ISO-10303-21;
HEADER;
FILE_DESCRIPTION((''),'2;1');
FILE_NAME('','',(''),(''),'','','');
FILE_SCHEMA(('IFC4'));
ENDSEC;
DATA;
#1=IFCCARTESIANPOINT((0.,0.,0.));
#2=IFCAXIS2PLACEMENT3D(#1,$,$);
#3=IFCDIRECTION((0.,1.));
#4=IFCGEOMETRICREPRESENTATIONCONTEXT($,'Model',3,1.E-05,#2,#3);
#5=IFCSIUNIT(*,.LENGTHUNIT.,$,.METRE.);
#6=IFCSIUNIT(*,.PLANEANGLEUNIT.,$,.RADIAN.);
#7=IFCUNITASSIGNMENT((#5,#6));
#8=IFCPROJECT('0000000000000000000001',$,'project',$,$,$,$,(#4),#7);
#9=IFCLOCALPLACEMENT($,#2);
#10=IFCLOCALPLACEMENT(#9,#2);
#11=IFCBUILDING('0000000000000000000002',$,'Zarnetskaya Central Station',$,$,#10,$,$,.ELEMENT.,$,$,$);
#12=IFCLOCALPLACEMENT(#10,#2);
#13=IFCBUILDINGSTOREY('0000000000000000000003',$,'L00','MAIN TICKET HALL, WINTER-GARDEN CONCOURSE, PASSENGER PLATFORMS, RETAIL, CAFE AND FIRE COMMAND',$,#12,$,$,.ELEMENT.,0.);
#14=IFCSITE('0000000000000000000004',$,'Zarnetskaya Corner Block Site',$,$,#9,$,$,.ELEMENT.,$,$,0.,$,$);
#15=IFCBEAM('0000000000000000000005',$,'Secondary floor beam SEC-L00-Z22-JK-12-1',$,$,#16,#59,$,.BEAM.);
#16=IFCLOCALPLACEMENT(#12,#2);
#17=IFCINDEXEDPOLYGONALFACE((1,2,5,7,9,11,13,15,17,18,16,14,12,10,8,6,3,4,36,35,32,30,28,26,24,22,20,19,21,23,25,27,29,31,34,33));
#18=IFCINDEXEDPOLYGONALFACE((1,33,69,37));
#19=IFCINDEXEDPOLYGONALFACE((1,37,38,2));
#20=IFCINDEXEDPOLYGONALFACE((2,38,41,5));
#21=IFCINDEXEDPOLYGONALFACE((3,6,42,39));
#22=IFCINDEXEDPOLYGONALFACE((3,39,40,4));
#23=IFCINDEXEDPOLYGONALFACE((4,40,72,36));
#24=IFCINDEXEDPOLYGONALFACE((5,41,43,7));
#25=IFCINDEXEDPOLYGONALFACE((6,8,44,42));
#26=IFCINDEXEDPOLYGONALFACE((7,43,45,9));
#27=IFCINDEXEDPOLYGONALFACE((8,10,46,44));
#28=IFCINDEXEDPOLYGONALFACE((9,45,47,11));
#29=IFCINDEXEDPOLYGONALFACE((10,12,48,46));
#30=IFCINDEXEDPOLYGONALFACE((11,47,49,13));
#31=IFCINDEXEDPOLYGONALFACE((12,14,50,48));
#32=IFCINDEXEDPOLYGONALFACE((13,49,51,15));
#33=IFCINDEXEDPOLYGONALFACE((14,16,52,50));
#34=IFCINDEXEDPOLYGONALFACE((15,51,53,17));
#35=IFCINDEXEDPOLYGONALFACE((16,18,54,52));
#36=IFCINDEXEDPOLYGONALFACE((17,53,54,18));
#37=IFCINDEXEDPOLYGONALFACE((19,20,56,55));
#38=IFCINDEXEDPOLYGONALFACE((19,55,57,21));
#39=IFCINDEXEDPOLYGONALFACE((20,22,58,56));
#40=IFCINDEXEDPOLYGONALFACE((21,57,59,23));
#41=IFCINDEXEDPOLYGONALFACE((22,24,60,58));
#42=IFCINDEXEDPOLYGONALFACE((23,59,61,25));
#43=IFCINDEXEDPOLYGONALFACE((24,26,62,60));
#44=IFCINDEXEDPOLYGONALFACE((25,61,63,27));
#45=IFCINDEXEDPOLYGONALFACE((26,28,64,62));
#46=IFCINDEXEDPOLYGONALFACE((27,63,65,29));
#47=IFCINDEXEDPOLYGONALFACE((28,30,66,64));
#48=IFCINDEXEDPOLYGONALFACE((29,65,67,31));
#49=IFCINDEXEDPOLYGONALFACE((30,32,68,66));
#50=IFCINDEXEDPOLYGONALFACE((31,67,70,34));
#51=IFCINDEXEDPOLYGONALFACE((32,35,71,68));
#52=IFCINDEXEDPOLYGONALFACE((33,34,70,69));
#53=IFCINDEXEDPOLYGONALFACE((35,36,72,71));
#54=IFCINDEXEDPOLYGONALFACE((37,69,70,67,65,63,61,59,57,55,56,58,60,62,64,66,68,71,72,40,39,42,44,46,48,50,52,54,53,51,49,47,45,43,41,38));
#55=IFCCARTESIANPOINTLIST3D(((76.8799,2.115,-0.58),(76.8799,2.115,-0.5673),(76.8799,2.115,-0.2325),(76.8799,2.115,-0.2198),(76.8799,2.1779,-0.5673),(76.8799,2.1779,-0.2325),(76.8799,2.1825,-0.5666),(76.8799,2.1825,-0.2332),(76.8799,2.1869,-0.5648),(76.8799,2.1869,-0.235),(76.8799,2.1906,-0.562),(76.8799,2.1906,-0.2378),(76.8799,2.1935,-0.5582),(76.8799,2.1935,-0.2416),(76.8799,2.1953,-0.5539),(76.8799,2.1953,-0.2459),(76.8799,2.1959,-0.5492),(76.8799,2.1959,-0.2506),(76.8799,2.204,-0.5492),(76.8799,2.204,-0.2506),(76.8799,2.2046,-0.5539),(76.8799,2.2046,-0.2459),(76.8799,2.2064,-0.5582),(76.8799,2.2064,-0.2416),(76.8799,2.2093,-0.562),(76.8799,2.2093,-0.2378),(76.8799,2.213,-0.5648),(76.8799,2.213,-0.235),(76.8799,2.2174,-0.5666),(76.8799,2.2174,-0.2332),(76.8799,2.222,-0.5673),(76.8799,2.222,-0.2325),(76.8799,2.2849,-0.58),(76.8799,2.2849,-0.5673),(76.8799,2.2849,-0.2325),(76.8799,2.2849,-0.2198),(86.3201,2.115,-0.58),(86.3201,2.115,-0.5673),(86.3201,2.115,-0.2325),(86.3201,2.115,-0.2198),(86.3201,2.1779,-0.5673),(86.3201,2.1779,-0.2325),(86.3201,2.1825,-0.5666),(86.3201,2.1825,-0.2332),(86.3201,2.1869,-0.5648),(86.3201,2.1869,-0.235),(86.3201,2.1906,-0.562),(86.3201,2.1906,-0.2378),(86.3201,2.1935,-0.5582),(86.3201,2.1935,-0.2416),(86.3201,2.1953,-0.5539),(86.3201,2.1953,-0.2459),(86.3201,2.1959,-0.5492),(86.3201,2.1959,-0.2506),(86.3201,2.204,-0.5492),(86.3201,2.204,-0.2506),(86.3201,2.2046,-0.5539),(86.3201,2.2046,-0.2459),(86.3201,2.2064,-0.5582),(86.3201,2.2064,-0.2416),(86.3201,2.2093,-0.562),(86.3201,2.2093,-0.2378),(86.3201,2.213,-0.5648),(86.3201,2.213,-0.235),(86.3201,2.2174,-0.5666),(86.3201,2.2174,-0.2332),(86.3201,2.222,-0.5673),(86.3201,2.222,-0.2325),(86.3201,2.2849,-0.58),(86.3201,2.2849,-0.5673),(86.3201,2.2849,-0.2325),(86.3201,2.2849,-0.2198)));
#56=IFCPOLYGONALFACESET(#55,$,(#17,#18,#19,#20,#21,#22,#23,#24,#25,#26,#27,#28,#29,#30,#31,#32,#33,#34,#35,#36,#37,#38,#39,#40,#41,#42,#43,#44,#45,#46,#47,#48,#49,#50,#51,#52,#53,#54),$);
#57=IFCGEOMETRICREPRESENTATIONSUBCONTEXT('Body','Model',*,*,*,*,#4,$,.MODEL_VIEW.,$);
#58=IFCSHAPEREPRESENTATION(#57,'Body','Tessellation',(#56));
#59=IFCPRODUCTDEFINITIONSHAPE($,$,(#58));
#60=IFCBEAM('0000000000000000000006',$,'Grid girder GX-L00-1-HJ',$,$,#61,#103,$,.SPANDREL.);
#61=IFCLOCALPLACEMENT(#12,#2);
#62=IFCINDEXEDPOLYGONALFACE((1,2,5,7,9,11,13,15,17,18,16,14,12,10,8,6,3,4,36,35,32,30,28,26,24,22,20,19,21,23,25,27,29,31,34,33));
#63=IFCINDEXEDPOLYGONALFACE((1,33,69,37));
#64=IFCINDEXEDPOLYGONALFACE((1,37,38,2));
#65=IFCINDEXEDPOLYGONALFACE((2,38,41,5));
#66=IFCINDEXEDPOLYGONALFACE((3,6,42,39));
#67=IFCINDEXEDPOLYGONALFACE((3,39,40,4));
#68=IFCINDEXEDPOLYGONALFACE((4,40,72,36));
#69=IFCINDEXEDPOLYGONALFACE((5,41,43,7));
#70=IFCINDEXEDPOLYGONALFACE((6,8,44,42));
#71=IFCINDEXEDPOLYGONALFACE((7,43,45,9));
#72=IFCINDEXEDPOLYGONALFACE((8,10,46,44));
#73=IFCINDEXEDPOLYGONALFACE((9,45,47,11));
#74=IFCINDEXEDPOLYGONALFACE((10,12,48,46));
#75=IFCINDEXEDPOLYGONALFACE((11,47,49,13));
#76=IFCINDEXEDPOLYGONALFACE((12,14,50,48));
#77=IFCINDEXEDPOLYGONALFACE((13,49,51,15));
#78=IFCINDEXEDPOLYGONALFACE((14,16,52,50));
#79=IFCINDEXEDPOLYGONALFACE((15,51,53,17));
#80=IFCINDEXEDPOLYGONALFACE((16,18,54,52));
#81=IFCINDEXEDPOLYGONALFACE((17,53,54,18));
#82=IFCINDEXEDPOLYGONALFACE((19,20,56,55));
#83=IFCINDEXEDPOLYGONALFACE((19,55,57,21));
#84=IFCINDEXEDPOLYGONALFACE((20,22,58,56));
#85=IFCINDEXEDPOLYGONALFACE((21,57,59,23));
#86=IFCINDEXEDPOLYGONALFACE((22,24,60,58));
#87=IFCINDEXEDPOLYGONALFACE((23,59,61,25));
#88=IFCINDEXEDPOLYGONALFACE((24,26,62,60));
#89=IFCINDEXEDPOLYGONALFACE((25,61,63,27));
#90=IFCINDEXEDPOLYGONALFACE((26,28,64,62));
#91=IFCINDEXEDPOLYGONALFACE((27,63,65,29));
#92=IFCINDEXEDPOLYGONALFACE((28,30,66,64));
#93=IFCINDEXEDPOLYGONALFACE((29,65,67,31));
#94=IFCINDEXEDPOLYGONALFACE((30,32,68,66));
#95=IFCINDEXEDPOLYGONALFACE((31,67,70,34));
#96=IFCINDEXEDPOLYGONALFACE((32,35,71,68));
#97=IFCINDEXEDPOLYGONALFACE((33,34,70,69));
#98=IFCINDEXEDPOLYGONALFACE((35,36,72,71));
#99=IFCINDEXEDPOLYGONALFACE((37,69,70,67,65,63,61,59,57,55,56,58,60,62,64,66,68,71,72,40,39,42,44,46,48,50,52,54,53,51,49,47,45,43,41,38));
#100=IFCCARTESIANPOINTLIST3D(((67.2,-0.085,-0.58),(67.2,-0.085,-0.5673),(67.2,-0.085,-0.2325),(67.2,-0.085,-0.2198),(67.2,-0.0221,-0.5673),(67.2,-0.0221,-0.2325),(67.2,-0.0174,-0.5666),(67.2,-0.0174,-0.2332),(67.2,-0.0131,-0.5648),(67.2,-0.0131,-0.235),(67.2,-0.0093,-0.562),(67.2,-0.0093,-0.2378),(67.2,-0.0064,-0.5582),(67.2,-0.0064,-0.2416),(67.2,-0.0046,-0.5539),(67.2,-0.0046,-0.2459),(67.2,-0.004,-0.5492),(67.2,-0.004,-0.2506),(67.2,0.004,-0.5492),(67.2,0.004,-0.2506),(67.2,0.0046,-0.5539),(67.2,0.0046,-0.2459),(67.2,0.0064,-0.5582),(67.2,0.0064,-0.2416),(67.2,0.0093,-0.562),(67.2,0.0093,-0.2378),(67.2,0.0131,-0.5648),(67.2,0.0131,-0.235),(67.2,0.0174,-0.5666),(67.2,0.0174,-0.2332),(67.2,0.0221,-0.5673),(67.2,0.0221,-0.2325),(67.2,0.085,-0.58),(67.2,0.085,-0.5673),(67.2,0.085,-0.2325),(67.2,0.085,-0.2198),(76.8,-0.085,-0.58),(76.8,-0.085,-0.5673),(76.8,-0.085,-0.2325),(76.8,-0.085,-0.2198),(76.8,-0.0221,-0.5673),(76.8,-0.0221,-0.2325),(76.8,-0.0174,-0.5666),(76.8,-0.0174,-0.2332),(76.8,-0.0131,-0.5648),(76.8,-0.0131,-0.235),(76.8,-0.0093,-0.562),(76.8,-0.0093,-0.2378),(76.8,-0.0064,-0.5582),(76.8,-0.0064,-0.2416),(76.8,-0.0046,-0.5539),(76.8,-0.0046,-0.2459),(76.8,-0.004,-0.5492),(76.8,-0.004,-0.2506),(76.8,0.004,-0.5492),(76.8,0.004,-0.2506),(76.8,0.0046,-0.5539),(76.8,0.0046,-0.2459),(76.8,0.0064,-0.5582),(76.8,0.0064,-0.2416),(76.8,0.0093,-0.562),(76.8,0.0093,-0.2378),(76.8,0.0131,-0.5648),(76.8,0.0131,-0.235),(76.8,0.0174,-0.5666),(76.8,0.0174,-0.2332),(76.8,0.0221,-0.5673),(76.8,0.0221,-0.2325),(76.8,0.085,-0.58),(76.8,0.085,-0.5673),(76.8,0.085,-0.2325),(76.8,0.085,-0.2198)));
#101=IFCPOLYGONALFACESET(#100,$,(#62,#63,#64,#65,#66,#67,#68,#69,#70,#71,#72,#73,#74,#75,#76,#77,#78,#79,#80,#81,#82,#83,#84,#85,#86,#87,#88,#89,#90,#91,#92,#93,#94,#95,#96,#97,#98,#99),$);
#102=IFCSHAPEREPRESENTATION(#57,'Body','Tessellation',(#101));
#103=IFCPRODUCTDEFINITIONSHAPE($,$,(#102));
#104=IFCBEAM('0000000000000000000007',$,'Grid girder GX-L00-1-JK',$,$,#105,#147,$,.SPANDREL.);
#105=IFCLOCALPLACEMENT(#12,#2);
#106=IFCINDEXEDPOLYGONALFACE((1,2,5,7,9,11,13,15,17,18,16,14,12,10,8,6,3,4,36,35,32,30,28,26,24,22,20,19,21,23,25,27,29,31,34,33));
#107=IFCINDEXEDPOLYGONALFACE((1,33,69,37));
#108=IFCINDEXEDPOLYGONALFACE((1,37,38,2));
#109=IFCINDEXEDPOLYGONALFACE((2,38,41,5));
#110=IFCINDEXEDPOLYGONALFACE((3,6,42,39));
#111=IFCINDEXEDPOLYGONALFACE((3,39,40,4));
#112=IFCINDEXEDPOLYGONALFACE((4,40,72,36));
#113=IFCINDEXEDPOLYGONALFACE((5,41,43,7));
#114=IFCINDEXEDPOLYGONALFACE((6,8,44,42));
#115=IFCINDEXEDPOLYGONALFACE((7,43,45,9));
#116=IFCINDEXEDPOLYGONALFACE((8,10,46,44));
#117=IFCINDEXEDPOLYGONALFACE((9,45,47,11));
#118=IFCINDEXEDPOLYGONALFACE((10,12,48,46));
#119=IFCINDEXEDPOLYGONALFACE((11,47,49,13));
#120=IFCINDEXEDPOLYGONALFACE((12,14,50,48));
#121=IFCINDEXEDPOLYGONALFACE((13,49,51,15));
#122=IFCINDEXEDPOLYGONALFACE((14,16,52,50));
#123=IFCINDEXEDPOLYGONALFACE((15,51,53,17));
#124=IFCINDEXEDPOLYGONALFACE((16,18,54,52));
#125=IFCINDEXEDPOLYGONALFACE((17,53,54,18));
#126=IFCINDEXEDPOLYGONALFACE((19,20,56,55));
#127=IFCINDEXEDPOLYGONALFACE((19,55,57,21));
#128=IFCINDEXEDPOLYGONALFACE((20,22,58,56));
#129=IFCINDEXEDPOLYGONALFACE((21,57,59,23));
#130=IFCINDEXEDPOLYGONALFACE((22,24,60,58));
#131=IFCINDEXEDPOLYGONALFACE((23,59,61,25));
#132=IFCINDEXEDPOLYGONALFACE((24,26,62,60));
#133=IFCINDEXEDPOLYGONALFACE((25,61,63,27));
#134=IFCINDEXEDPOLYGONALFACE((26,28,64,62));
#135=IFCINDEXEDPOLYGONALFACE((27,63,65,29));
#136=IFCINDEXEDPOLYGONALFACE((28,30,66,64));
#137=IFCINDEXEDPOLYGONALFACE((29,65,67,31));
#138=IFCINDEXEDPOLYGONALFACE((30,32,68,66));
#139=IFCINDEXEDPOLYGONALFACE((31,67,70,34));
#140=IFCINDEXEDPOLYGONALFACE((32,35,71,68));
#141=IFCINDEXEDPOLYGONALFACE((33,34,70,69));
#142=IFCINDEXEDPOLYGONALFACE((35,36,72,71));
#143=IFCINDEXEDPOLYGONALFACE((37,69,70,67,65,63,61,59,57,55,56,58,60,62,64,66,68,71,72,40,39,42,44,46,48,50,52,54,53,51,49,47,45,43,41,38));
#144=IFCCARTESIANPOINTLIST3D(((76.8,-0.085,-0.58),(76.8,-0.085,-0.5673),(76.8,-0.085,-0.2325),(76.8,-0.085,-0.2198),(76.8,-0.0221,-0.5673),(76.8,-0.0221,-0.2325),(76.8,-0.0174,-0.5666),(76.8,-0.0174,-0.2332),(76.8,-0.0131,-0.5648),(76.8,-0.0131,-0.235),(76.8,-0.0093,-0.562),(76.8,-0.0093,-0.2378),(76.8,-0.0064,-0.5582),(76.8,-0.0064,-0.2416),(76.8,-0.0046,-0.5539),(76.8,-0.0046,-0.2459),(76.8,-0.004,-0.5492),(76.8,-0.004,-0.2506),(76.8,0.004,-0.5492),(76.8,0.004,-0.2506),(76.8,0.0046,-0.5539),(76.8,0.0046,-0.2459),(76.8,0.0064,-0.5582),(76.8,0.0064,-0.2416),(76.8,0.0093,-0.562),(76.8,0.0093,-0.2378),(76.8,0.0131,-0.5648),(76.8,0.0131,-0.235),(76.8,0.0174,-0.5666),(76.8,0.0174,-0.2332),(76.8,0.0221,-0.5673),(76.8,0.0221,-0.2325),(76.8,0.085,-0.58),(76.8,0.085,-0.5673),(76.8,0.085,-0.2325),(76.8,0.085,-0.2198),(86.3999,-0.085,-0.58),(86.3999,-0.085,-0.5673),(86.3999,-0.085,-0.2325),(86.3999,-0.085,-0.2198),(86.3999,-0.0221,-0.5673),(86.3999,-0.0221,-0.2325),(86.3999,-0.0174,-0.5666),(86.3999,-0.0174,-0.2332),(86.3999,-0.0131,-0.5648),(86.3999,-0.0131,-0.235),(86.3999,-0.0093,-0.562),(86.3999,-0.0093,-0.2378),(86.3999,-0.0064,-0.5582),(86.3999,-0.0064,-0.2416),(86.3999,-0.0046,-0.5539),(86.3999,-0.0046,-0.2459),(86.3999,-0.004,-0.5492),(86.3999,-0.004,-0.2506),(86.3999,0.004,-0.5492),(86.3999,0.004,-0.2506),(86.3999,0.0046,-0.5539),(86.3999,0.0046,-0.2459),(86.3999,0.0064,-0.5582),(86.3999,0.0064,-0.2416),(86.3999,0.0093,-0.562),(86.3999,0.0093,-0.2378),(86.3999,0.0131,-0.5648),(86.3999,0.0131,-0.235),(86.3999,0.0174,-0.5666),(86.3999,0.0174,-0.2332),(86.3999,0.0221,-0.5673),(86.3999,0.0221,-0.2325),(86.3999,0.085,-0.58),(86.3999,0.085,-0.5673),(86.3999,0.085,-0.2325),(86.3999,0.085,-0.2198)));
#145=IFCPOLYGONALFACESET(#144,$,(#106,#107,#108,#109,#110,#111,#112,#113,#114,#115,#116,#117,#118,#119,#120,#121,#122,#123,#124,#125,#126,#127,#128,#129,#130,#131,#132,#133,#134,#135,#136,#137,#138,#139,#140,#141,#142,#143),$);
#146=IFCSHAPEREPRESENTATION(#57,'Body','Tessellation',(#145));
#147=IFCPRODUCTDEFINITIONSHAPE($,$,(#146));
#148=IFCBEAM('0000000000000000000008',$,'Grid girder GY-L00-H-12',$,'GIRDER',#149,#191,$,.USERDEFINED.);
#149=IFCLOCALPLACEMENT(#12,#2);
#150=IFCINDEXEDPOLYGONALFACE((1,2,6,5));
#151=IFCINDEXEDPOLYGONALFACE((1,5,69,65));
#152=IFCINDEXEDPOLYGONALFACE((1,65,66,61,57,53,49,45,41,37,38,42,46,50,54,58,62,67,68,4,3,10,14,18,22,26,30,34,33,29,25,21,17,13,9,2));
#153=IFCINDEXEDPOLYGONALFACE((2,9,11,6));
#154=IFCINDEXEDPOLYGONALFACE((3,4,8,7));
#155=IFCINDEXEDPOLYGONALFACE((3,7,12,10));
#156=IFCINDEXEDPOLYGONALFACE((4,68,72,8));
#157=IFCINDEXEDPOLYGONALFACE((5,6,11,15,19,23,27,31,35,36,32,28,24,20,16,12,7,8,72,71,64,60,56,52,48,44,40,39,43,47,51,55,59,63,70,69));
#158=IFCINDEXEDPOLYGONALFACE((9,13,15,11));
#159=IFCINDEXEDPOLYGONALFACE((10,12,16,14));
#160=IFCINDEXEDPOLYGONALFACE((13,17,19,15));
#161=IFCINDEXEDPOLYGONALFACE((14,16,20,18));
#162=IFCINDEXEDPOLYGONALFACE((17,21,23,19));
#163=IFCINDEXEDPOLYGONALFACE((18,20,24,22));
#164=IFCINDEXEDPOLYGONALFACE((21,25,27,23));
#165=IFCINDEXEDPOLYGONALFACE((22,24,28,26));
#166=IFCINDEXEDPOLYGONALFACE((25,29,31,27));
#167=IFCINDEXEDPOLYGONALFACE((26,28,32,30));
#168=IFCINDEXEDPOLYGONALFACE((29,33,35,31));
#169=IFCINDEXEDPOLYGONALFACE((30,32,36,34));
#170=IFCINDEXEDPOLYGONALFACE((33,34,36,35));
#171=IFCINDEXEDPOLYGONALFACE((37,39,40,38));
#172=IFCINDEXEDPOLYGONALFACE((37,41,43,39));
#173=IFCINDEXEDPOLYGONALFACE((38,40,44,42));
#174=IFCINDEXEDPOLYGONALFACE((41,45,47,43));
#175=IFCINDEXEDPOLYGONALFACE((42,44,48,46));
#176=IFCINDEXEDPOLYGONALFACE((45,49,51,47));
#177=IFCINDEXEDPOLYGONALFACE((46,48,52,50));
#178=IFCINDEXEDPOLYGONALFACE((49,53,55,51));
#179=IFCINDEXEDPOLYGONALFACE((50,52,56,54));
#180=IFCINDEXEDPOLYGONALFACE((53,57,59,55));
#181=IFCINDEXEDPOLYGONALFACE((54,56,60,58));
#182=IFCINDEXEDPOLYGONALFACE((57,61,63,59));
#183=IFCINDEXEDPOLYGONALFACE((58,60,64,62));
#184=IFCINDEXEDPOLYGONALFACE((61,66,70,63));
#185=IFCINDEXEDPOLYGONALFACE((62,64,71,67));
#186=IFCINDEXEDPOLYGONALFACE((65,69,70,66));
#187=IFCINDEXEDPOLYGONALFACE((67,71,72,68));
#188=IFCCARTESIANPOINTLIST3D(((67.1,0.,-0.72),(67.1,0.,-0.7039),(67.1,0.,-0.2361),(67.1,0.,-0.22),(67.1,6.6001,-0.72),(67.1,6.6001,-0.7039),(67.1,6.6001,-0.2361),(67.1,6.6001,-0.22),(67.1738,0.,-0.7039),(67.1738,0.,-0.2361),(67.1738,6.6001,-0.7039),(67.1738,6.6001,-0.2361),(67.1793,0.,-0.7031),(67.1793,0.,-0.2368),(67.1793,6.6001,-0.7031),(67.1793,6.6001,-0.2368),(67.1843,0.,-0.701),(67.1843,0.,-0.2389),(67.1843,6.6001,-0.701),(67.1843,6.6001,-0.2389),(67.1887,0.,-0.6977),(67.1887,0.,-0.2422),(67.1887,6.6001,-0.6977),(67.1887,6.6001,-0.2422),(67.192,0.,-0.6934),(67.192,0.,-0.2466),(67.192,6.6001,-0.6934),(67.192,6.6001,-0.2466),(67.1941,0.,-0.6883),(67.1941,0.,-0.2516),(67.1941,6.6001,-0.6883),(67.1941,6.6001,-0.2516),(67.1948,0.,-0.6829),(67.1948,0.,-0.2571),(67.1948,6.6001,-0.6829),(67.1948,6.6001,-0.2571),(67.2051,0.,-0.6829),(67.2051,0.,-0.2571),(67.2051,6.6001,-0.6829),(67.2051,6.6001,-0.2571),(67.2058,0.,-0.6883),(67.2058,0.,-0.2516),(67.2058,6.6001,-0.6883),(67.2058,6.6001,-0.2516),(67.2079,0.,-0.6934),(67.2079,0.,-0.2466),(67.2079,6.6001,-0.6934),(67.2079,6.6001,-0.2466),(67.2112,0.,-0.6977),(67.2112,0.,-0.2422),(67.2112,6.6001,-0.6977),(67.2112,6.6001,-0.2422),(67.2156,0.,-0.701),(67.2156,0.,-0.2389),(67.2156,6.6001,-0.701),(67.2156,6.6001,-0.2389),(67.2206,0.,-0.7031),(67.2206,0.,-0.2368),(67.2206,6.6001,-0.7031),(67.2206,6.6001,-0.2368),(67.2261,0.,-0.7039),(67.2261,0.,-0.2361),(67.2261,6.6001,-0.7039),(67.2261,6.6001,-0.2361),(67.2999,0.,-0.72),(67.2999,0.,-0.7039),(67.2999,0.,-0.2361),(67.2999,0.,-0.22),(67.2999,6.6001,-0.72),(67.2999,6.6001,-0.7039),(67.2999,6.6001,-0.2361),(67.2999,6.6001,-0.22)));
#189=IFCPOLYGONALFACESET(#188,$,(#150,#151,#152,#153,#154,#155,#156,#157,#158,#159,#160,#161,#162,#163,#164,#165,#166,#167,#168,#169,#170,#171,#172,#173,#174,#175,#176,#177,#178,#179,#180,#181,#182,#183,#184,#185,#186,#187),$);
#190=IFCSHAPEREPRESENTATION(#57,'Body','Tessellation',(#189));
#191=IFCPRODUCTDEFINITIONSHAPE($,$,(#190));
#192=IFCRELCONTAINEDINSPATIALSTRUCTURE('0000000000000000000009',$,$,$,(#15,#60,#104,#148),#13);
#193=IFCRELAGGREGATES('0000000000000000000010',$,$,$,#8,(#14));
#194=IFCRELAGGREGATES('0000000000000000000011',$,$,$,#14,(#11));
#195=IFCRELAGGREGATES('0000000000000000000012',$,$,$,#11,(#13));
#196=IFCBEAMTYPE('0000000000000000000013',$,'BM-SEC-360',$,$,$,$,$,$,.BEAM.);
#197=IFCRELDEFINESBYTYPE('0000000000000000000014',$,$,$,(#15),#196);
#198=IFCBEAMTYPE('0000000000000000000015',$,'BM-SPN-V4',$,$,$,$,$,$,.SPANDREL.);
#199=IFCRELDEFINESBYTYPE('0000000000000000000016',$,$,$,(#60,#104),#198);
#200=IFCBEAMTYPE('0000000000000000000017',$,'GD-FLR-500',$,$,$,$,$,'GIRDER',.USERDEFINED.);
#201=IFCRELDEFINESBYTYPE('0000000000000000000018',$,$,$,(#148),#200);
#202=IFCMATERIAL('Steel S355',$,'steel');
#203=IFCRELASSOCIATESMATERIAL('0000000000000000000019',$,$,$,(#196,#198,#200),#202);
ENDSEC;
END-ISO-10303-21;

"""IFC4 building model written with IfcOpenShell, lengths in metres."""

from ifc_helpers import new_model, si_unit, direction, frame, origin, origin_2d, place, context, subcontext, project, spatial, i_section, extrude, material, material_profile, profile_set, type_object, element, save


model = new_model("IFC4")

# Units and contexts
model_context = context("Model", 3, precision=1e-05, world=origin(), true_north=direction((0.0, 1.0)))
body_context = subcontext(model_context, "Body", "Model", "MODEL_VIEW")
ifc_project = project(units=[si_unit("LENGTHUNIT", "METRE"), si_unit("PLANEANGLEUNIT", "RADIAN")], contexts=[model_context])

# Site, building, storey
site_placement = place(None, origin())
site = spatial("IfcSite", under=ifc_project, at=site_placement, Name="Zarnetskaya Corner Block Site", CompositionType="ELEMENT", RefElevation=0.0)
building_placement = place(site_placement, origin())
building = spatial("IfcBuilding", under=site, at=building_placement, Name="Zarnetskaya Central Station", CompositionType="ELEMENT")
storey_placement = place(building_placement, origin())
storey = spatial("IfcBuildingStorey", under=building, at=storey_placement, Name="L00", Description="MAIN TICKET HALL, WINTER-GARDEN CONCOURSE, PASSENGER PLATFORMS, RETAIL, CAFE AND FIRE COMMAND", CompositionType="ELEMENT", Elevation=0.0)

# Shared definitions
ifc_material_1 = material(Name="Steel S355", Category="steel")

# Beams
ifc_material_profile_1 = material_profile(ifc_material_1, i_section(OverallWidth=0.1699, OverallDepth=0.3601, WebThickness=0.0081, FlangeThickness=0.0127, FilletRadius=0.0181, at=origin_2d()), Name="IPE 360")
ifc_profile_set_1 = profile_set([ifc_material_profile_1], Name="Steel S355")
beam_type_1 = type_object("IfcBeamType", Name="BM-SEC-360", PredefinedType="BEAM", material=ifc_profile_set_1)
beam_1_placement = place(storey_placement, frame((76.8799, 2.2, -0.3999), z_axis=(1.0, 0.0, 0.0), x_axis=(0.0, 1.0, 0.0)))
element("IfcBeam", 1, at=beam_1_placement, inside=storey, type_object=beam_type_1, Name="Secondary floor beam SEC-L00-Z22-JK-12-1", PredefinedType="BEAM", context=body_context, shape_type="SweptSolid", body=[
    extrude(i_section(OverallWidth=0.1699, OverallDepth=0.3601, WebThickness=0.0081, FlangeThickness=0.0127, FilletRadius=0.0181, at=origin_2d()), origin(), (0.0, 0.0, 1.0), 9.4402),
])
ifc_material_profile_2 = material_profile(ifc_material_1, i_section(OverallWidth=0.1699, OverallDepth=0.3601, WebThickness=0.0081, FlangeThickness=0.0127, FilletRadius=0.0181, at=origin_2d()), Name="IPE 360")
ifc_profile_set_2 = profile_set([ifc_material_profile_2], Name="Steel S355")
beam_type_2 = type_object("IfcBeamType", Name="BM-SPN-V4", PredefinedType="SPANDREL", material=ifc_profile_set_2)
beam_2_placement = place(storey_placement, frame((67.2, 0.0, -0.3999), z_axis=(1.0, 0.0, 0.0), x_axis=(0.0, 1.0, 0.0)))
element("IfcBeam", 2, at=beam_2_placement, inside=storey, type_object=beam_type_2, Name="Grid girder GX-L00-1-HJ", PredefinedType="SPANDREL", context=body_context, shape_type="SweptSolid", body=[
    extrude(i_section(OverallWidth=0.1699, OverallDepth=0.3601, WebThickness=0.0081, FlangeThickness=0.0127, FilletRadius=0.0181, at=origin_2d()), origin(), (0.0, 0.0, 1.0), 9.6001),
])
beam_3_placement = place(storey_placement, frame((76.8, 0.0, -0.3999), z_axis=(1.0, 0.0, 0.0), x_axis=(0.0, 1.0, 0.0)))
element("IfcBeam", 3, at=beam_3_placement, inside=storey, type_object=beam_type_2, Name="Grid girder GX-L00-1-JK", PredefinedType="SPANDREL", context=body_context, shape_type="SweptSolid", body=[
    extrude(i_section(OverallWidth=0.1699, OverallDepth=0.3601, WebThickness=0.0081, FlangeThickness=0.0127, FilletRadius=0.0181, at=origin_2d()), origin(), (0.0, 0.0, 1.0), 9.5999),
])
ifc_material_profile_3 = material_profile(ifc_material_1, i_section(OverallWidth=0.2, OverallDepth=0.5, WebThickness=0.0103, FlangeThickness=0.0161, FilletRadius=0.021, at=origin_2d()), Name="IPE 500")
ifc_profile_set_3 = profile_set([ifc_material_profile_3], Name="Steel S355")
beam_type_3 = type_object("IfcBeamType", Name="GD-FLR-500", ElementType="GIRDER", PredefinedType="USERDEFINED", material=ifc_profile_set_3)
beam_4_placement = place(storey_placement, frame((67.2, 0.0, -0.47), z_axis=(0.0, 1.0, 0.0), x_axis=(-1.0, 0.0, 0.0)))
element("IfcBeam", 4, at=beam_4_placement, inside=storey, type_object=beam_type_3, Name="Grid girder GY-L00-H-12", ObjectType="GIRDER", PredefinedType="USERDEFINED", context=body_context, shape_type="SweptSolid", body=[
    extrude(i_section(OverallWidth=0.2, OverallDepth=0.5, WebThickness=0.0103, FlangeThickness=0.0161, FilletRadius=0.021, at=origin_2d()), origin(), (0.0, 0.0, 1.0), 6.6001),
])

save(model, "model.ifc")
